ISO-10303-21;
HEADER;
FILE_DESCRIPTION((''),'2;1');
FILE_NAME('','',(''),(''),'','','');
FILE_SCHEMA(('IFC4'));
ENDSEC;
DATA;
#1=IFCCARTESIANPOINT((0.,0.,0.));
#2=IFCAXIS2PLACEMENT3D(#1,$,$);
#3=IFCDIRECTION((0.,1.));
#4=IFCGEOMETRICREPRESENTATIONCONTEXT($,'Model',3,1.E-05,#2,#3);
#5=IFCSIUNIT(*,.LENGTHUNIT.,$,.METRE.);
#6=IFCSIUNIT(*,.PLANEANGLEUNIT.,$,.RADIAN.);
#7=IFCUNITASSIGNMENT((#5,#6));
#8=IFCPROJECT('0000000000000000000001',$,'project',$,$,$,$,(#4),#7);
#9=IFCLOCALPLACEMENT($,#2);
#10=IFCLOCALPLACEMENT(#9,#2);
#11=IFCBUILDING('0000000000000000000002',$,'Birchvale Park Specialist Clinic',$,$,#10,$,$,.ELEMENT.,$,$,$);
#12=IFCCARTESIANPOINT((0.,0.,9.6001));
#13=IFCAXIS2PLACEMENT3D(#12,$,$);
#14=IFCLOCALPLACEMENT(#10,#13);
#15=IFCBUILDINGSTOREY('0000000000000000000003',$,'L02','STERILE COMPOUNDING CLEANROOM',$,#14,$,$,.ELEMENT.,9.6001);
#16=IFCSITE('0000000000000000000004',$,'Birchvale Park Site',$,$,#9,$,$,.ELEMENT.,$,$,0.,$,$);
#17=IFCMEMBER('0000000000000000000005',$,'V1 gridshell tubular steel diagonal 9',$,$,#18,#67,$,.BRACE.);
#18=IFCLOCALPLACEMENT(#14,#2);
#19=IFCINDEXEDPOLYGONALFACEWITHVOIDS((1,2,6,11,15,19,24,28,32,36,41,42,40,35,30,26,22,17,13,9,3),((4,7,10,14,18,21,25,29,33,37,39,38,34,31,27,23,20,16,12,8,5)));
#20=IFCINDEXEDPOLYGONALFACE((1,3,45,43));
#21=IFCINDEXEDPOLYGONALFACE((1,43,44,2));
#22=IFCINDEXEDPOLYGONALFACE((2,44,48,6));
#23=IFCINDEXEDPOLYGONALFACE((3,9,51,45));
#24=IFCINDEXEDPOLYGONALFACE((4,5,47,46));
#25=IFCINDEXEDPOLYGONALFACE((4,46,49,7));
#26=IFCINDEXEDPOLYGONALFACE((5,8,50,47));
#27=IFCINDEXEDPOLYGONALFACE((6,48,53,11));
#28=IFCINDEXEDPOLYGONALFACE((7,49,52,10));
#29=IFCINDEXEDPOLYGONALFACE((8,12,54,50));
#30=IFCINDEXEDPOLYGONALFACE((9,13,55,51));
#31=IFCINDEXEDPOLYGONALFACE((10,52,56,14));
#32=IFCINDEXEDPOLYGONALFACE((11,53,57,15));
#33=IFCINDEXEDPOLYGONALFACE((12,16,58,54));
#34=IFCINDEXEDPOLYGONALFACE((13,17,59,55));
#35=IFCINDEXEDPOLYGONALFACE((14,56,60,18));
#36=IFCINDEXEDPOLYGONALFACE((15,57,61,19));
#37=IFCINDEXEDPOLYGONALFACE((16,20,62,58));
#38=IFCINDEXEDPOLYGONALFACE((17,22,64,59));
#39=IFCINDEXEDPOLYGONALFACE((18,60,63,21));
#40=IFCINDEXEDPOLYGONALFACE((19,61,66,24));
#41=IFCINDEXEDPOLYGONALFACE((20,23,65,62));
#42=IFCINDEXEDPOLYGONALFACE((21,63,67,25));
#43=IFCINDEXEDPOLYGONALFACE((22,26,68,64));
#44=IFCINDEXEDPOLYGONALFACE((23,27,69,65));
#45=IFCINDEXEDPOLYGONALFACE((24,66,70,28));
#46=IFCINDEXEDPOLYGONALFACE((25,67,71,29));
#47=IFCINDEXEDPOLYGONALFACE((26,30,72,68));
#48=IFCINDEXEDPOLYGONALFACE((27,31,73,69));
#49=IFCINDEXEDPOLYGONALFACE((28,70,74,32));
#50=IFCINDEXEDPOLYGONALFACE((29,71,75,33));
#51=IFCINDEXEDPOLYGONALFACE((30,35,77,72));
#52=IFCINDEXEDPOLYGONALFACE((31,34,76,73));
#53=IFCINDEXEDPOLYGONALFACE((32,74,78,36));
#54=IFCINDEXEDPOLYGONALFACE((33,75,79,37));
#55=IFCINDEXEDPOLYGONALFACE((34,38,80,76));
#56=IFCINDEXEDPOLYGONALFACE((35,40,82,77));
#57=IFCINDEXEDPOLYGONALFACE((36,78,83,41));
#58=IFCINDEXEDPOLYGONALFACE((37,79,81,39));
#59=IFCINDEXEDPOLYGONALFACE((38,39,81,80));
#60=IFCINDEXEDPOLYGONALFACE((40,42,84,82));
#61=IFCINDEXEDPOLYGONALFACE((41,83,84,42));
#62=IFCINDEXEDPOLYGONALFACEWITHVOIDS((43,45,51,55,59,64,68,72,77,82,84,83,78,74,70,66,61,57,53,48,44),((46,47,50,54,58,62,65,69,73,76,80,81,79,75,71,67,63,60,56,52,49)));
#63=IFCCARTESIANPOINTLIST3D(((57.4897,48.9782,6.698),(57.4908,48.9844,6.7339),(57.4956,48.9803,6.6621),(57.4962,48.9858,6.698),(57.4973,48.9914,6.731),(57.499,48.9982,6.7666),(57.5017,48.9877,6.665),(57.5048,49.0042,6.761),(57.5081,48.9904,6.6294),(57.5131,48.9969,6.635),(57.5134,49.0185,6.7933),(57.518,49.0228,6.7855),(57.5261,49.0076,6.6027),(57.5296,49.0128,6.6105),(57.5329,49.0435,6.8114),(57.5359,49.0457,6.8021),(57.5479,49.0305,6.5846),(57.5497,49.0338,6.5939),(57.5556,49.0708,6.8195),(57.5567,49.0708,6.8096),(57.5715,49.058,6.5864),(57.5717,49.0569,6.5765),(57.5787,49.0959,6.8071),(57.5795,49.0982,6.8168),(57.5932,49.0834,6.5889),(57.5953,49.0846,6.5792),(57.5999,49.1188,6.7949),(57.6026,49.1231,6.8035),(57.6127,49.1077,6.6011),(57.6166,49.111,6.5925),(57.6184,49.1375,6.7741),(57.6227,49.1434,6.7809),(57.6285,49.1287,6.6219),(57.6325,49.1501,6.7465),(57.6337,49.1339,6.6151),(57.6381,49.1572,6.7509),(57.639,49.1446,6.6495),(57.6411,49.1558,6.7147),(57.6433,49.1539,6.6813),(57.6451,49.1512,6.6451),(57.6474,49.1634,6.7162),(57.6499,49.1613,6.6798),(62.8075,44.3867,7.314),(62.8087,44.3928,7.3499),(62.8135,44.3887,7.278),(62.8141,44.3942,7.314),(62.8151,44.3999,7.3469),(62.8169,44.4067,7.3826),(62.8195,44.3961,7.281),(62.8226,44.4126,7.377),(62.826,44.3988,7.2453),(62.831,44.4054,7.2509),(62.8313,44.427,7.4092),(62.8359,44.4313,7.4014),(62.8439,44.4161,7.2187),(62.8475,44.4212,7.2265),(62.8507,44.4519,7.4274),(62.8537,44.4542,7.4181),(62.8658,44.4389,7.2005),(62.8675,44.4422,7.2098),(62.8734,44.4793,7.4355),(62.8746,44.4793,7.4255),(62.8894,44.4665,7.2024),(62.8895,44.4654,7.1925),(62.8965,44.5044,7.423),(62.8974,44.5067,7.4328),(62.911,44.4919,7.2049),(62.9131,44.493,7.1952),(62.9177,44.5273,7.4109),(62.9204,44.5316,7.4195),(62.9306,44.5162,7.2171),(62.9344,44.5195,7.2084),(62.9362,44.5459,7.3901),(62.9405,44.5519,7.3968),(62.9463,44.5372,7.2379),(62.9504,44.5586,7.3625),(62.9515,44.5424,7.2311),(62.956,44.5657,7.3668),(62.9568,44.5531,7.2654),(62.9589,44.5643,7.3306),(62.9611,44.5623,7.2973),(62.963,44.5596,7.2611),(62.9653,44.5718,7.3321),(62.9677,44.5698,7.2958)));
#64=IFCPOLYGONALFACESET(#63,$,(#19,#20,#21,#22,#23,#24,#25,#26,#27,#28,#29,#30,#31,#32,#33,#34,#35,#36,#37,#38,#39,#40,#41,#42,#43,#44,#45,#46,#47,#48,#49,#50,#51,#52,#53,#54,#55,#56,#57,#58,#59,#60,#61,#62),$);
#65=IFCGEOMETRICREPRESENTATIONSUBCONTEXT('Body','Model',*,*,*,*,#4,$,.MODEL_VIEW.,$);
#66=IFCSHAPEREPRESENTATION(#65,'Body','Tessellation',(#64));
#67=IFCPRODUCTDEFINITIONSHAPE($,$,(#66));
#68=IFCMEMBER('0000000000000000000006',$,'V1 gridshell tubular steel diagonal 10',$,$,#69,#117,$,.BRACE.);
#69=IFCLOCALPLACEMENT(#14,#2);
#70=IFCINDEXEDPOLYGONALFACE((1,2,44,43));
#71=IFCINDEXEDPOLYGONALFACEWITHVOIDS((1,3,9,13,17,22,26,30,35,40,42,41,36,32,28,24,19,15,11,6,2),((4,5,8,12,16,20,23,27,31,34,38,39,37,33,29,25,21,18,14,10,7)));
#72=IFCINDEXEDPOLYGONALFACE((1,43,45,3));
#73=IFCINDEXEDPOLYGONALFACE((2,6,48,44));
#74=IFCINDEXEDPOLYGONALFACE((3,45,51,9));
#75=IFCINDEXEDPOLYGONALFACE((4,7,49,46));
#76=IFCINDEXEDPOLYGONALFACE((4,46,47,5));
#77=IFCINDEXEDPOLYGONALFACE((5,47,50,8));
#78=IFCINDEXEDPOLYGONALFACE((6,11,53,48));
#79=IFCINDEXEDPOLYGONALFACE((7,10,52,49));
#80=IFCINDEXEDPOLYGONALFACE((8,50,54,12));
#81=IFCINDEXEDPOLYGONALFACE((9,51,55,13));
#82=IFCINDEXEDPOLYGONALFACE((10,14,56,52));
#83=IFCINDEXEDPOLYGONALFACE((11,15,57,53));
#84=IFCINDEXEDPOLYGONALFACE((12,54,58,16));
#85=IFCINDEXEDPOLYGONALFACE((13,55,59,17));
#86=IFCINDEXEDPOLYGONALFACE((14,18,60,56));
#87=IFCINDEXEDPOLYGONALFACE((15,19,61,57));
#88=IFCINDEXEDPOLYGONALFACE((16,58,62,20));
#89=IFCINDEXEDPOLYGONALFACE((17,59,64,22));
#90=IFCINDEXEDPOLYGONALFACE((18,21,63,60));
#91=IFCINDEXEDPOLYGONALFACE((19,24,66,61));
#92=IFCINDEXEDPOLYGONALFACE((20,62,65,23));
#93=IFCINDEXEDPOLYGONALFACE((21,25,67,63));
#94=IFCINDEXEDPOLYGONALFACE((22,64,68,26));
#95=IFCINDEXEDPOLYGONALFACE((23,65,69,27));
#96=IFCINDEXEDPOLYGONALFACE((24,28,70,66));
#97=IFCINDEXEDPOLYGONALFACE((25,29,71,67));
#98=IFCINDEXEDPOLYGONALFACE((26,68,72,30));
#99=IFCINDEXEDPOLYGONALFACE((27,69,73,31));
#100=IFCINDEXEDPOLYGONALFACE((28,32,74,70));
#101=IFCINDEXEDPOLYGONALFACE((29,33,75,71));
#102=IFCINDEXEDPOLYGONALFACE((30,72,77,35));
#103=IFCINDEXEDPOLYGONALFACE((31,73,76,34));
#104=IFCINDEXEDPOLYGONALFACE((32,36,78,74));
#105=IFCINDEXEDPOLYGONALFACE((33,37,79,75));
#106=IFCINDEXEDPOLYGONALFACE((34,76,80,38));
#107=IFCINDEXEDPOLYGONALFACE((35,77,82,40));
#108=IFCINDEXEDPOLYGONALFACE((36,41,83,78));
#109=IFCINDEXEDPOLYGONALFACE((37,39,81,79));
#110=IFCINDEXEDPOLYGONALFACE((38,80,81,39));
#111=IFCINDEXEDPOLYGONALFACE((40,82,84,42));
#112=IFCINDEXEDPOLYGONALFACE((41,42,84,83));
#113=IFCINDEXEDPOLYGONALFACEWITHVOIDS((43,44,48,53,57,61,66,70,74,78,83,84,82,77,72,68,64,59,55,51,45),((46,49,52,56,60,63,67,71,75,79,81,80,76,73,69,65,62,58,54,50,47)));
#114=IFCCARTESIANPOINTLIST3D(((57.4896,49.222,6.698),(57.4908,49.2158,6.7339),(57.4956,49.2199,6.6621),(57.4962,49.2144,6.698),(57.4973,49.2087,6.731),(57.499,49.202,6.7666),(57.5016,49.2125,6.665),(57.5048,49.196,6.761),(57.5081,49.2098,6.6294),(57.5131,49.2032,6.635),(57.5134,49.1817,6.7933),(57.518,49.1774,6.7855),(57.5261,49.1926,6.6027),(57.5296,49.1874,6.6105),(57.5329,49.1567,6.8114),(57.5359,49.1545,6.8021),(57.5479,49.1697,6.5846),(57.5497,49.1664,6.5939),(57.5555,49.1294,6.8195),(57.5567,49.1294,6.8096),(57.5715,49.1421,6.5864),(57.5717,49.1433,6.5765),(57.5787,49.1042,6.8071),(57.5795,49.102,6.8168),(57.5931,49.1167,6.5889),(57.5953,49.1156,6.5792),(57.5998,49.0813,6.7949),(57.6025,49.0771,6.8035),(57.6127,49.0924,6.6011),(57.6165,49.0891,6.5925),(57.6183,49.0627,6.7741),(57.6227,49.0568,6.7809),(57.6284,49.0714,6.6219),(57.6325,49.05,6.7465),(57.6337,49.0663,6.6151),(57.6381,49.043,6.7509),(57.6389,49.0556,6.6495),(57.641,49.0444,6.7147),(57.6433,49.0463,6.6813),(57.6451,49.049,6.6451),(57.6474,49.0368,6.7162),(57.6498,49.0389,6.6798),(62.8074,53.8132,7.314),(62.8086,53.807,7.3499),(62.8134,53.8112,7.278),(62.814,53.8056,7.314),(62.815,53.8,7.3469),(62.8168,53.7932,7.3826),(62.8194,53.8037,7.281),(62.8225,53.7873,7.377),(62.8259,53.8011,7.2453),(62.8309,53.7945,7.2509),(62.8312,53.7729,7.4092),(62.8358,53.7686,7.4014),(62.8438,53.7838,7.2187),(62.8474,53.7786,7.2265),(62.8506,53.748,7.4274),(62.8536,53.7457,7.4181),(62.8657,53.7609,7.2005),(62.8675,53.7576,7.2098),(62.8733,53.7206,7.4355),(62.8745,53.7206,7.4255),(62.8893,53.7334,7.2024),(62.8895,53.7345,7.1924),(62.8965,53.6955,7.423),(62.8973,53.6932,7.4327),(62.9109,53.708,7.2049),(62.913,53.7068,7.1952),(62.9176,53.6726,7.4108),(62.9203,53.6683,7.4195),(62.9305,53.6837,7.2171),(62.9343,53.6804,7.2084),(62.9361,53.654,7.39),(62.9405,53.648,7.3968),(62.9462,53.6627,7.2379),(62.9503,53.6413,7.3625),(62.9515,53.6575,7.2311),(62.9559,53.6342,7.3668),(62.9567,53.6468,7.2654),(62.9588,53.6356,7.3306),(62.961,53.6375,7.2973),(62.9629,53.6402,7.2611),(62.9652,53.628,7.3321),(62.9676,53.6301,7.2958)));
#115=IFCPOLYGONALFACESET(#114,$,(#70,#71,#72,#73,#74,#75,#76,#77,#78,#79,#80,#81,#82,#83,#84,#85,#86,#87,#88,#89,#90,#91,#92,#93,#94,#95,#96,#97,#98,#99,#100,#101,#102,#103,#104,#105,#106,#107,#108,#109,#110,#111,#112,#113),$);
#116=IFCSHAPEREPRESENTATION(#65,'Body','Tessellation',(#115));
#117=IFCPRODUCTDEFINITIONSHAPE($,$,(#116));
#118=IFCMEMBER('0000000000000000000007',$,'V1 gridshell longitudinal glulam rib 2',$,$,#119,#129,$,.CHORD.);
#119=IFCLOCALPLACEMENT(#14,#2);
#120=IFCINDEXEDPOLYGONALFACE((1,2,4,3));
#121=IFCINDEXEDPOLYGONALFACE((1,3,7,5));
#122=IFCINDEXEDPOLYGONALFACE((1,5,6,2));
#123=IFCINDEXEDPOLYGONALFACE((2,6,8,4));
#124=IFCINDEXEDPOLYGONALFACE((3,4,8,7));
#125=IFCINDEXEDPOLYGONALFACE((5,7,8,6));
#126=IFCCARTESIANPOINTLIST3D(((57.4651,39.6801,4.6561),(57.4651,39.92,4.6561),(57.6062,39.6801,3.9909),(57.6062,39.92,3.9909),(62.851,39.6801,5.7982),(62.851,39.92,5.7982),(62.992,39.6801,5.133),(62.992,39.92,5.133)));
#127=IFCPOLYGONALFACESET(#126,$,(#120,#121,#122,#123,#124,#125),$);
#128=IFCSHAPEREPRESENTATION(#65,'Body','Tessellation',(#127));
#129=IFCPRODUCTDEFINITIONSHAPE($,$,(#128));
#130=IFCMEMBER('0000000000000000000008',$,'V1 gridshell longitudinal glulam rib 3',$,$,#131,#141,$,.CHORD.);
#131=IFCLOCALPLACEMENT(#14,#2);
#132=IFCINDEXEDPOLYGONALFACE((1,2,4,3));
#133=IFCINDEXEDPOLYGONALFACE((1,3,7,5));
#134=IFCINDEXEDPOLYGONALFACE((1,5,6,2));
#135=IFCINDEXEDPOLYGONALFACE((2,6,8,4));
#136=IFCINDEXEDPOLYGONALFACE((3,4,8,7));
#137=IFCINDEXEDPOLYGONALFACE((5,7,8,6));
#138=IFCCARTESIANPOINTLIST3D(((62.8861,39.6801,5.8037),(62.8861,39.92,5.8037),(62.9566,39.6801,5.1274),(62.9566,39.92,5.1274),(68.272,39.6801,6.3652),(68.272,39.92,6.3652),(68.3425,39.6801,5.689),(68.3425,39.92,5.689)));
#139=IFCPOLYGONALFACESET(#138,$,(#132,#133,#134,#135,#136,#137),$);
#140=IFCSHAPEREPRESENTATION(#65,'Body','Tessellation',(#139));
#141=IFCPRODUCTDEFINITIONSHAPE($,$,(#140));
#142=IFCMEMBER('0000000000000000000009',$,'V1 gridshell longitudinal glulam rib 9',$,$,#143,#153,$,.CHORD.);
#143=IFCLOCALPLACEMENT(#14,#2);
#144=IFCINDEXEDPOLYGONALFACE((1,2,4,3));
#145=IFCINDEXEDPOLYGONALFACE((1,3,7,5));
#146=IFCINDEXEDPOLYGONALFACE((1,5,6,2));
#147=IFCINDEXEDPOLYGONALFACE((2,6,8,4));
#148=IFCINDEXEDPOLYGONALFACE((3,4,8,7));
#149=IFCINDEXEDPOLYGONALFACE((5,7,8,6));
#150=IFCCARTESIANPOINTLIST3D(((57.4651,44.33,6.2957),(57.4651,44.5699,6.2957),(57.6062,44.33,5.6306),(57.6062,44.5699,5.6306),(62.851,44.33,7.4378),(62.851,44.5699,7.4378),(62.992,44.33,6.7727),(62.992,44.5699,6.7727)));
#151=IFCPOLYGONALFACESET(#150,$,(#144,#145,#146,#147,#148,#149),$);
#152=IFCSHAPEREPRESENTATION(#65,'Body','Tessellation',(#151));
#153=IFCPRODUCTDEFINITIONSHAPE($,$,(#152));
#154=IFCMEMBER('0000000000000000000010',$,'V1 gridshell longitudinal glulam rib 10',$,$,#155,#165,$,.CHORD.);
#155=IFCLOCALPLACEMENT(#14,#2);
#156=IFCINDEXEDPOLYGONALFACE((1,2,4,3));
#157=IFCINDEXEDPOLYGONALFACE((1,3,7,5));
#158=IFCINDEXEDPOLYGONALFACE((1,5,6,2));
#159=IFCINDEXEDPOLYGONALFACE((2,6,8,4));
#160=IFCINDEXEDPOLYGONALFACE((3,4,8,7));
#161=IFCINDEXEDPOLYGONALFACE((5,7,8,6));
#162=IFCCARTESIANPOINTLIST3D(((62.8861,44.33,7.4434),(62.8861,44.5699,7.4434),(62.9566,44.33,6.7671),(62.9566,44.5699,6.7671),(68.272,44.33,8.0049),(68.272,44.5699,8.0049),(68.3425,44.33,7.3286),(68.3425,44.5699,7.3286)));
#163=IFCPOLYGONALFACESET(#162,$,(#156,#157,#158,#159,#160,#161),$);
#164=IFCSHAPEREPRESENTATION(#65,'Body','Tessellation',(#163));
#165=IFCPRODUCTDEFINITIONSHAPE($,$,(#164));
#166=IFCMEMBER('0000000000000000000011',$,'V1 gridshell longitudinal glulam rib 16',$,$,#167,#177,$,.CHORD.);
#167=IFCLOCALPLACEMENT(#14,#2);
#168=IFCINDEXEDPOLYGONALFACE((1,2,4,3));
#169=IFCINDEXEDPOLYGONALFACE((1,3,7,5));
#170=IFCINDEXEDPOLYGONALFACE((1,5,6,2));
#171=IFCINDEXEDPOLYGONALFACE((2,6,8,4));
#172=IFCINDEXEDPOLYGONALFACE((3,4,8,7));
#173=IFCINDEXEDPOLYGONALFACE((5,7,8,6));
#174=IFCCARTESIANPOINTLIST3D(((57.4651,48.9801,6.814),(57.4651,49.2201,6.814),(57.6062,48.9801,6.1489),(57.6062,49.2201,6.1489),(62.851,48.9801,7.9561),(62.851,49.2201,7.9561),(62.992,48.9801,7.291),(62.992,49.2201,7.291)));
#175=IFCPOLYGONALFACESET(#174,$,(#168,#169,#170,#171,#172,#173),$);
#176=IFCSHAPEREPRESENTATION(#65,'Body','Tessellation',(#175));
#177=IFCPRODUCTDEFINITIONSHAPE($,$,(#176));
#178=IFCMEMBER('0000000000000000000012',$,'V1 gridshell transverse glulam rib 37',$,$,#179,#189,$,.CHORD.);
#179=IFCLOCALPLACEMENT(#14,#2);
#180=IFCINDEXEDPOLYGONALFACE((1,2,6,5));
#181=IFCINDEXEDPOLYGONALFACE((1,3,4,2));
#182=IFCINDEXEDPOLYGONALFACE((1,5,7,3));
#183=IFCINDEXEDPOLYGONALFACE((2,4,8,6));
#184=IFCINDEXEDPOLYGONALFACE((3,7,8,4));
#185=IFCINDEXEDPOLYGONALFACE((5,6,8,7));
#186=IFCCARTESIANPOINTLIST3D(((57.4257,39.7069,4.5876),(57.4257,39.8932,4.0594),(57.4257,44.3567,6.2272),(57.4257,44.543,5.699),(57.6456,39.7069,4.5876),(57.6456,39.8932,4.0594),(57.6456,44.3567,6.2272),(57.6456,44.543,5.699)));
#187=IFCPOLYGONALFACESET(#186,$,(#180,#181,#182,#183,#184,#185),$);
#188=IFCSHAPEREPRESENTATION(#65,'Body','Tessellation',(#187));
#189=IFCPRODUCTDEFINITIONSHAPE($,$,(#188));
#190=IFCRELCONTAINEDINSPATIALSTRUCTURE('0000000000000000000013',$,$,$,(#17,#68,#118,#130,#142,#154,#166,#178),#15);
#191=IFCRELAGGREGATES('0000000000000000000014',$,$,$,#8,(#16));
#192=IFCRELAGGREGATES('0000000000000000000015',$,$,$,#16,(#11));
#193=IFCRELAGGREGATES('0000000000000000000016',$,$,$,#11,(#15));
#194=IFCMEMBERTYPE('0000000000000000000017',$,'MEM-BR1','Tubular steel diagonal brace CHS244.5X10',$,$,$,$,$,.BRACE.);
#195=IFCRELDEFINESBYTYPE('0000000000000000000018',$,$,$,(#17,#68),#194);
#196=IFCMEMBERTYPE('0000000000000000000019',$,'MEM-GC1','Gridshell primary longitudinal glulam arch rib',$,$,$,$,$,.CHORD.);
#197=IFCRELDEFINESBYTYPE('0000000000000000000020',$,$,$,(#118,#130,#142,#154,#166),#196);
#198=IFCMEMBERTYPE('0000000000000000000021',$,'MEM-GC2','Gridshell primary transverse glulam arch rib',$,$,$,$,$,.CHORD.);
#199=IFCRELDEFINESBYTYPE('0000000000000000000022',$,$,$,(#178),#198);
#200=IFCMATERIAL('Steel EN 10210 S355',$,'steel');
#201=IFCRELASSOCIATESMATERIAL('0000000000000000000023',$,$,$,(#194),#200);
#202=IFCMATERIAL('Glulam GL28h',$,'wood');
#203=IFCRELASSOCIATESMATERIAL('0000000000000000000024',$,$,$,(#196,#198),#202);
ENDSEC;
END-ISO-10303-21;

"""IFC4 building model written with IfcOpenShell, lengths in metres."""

from ifc_helpers import new_model, si_unit, direction, frame, origin, origin_2d, place, context, subcontext, project, spatial, rectangle, hollow_circle, extrude, material, material_profile, profile_set, type_object, element, save


model = new_model("IFC4")

# Units and contexts
model_context = context("Model", 3, precision=1e-05, world=origin(), true_north=direction((0.0, 1.0)))
body_context = subcontext(model_context, "Body", "Model", "MODEL_VIEW")
ifc_project = project(units=[si_unit("LENGTHUNIT", "METRE"), si_unit("PLANEANGLEUNIT", "RADIAN")], contexts=[model_context])

# Site, building, storey
site_placement = place(None, origin())
site = spatial("IfcSite", under=ifc_project, at=site_placement, Name="Birchvale Park Site", CompositionType="ELEMENT", RefElevation=0.0)
building_placement = place(site_placement, origin())
building = spatial("IfcBuilding", under=site, at=building_placement, Name="Birchvale Park Specialist Clinic", CompositionType="ELEMENT")
storey_placement = place(building_placement, frame((0.0, 0.0, 9.6001)))
storey = spatial("IfcBuildingStorey", under=building, at=storey_placement, Name="L02", Description="STERILE COMPOUNDING CLEANROOM", CompositionType="ELEMENT", Elevation=9.6001)

# Members
ifc_material_1 = material(Name="Steel EN 10210 S355", Category="steel")
ifc_material_profile_1 = material_profile(ifc_material_1, hollow_circle(Radius=0.1223, WallThickness=0.01, at=origin_2d()), Name="CHS244.5X10")
ifc_profile_set_1 = profile_set([ifc_material_profile_1], Name="Steel EN 10210 S355")
member_type_1 = type_object("IfcMemberType", Name="MEM-BR1", Description="Tubular steel diagonal brace CHS244.5X10", PredefinedType="BRACE", material=ifc_profile_set_1)
member_1_placement = place(storey_placement, frame((62.8875, 44.4792, 7.314), z_axis=(-0.754012, 0.651029, -0.087337), x_axis=(-0.653526, -0.756904, 0.0)))
element("IfcMember", 1, at=member_1_placement, inside=storey, type_object=member_type_1, Name="V1 gridshell tubular steel diagonal 9", PredefinedType="BRACE", context=body_context, shape_type="SweptSolid", body=[
    extrude(hollow_circle(Radius=0.1223, WallThickness=0.01, at=origin_2d()), origin(), (0.0, 0.0, 1.0), 7.0527),
])
member_2_placement = place(storey_placement, frame((57.5696, 49.1294, 6.698), z_axis=(0.754029, 0.651009, 0.087339), x_axis=(-0.653506, 0.756921, 0.0)))
element("IfcMember", 2, at=member_2_placement, inside=storey, type_object=member_type_1, Name="V1 gridshell tubular steel diagonal 10", PredefinedType="BRACE", context=body_context, shape_type="SweptSolid", body=[
    extrude(hollow_circle(Radius=0.1223, WallThickness=0.01, at=origin_2d()), origin(), (0.0, 0.0, 1.0), 7.0525),
])
ifc_material_2 = material(Name="Glulam GL28h", Category="wood")
ifc_material_profile_2 = material_profile(ifc_material_2, rectangle(XDim=0.24, YDim=0.6799, at=origin_2d()), Name="GL-240x680")
ifc_profile_set_2 = profile_set([ifc_material_profile_2], Name="Glulam GL28h")
member_type_2 = type_object("IfcMemberType", Name="MEM-GC1", Description="Gridshell primary longitudinal glulam arch rib", PredefinedType="CHORD", material=ifc_profile_set_2)
member_3_placement = place(storey_placement, frame((57.5356, 39.8, 4.3235), z_axis=(0.978247, 0.0, 0.207445), x_axis=(0.0, 1.0, 0.0)))
element("IfcMember", 3, at=member_3_placement, inside=storey, type_object=member_type_2, Name="V1 gridshell longitudinal glulam rib 2", PredefinedType="CHORD", context=body_context, shape_type="SweptSolid", body=[
    extrude(rectangle(XDim=0.24, YDim=0.6799, at=origin_2d()), origin(), (0.0, 0.0, 1.0), 5.5056),
])
member_4_placement = place(storey_placement, frame((62.9214, 39.8, 5.4656), z_axis=(0.994609, 0.0, 0.103699), x_axis=(0.0, 1.0, 0.0)))
element("IfcMember", 4, at=member_4_placement, inside=storey, type_object=member_type_2, Name="V1 gridshell longitudinal glulam rib 3", PredefinedType="CHORD", context=body_context, shape_type="SweptSolid", body=[
    extrude(rectangle(XDim=0.24, YDim=0.6799, at=origin_2d()), origin(), (0.0, 0.0, 1.0), 5.415),
])
member_5_placement = place(storey_placement, frame((57.5356, 44.45, 5.9631), z_axis=(0.978247, 0.0, 0.207445), x_axis=(0.0, 1.0, 0.0)))
element("IfcMember", 5, at=member_5_placement, inside=storey, type_object=member_type_2, Name="V1 gridshell longitudinal glulam rib 9", PredefinedType="CHORD", context=body_context, shape_type="SweptSolid", body=[
    extrude(rectangle(XDim=0.24, YDim=0.6799, at=origin_2d()), origin(), (0.0, 0.0, 1.0), 5.5056),
])
member_6_placement = place(storey_placement, frame((62.9214, 44.45, 7.1052), z_axis=(0.994609, 0.0, 0.103699), x_axis=(0.0, 1.0, 0.0)))
element("IfcMember", 6, at=member_6_placement, inside=storey, type_object=member_type_2, Name="V1 gridshell longitudinal glulam rib 10", PredefinedType="CHORD", context=body_context, shape_type="SweptSolid", body=[
    extrude(rectangle(XDim=0.24, YDim=0.6799, at=origin_2d()), origin(), (0.0, 0.0, 1.0), 5.415),
])
member_7_placement = place(storey_placement, frame((57.5356, 49.1001, 6.4814), z_axis=(0.978247, 0.0, 0.207445), x_axis=(0.0, 1.0, 0.0)))
element("IfcMember", 7, at=member_7_placement, inside=storey, type_object=member_type_2, Name="V1 gridshell longitudinal glulam rib 16", PredefinedType="CHORD", context=body_context, shape_type="SweptSolid", body=[
    extrude(rectangle(XDim=0.24, YDim=0.6799, at=origin_2d()), origin(), (0.0, 0.0, 1.0), 5.5056),
])
ifc_material_profile_3 = material_profile(ifc_material_2, rectangle(XDim=0.22, YDim=0.5601, at=origin_2d()), Name="GL-220x560")
ifc_profile_set_3 = profile_set([ifc_material_profile_3], Name="Glulam GL28h")
member_type_3 = type_object("IfcMemberType", Name="MEM-GC2", Description="Gridshell primary transverse glulam arch rib", PredefinedType="CHORD", material=ifc_profile_set_3)
member_8_placement = place(storey_placement, frame((57.5356, 39.8, 4.3235), z_axis=(0.0, 0.943085, 0.332551), x_axis=(-1.0, 0.0, 0.0)))
element("IfcMember", 8, at=member_8_placement, inside=storey, type_object=member_type_3, Name="V1 gridshell transverse glulam rib 37", PredefinedType="CHORD", context=body_context, shape_type="SweptSolid", body=[
    extrude(rectangle(XDim=0.22, YDim=0.5601, at=origin_2d()), origin(), (0.0, 0.0, 1.0), 4.9304),
])

save(model, "model.ifc")
